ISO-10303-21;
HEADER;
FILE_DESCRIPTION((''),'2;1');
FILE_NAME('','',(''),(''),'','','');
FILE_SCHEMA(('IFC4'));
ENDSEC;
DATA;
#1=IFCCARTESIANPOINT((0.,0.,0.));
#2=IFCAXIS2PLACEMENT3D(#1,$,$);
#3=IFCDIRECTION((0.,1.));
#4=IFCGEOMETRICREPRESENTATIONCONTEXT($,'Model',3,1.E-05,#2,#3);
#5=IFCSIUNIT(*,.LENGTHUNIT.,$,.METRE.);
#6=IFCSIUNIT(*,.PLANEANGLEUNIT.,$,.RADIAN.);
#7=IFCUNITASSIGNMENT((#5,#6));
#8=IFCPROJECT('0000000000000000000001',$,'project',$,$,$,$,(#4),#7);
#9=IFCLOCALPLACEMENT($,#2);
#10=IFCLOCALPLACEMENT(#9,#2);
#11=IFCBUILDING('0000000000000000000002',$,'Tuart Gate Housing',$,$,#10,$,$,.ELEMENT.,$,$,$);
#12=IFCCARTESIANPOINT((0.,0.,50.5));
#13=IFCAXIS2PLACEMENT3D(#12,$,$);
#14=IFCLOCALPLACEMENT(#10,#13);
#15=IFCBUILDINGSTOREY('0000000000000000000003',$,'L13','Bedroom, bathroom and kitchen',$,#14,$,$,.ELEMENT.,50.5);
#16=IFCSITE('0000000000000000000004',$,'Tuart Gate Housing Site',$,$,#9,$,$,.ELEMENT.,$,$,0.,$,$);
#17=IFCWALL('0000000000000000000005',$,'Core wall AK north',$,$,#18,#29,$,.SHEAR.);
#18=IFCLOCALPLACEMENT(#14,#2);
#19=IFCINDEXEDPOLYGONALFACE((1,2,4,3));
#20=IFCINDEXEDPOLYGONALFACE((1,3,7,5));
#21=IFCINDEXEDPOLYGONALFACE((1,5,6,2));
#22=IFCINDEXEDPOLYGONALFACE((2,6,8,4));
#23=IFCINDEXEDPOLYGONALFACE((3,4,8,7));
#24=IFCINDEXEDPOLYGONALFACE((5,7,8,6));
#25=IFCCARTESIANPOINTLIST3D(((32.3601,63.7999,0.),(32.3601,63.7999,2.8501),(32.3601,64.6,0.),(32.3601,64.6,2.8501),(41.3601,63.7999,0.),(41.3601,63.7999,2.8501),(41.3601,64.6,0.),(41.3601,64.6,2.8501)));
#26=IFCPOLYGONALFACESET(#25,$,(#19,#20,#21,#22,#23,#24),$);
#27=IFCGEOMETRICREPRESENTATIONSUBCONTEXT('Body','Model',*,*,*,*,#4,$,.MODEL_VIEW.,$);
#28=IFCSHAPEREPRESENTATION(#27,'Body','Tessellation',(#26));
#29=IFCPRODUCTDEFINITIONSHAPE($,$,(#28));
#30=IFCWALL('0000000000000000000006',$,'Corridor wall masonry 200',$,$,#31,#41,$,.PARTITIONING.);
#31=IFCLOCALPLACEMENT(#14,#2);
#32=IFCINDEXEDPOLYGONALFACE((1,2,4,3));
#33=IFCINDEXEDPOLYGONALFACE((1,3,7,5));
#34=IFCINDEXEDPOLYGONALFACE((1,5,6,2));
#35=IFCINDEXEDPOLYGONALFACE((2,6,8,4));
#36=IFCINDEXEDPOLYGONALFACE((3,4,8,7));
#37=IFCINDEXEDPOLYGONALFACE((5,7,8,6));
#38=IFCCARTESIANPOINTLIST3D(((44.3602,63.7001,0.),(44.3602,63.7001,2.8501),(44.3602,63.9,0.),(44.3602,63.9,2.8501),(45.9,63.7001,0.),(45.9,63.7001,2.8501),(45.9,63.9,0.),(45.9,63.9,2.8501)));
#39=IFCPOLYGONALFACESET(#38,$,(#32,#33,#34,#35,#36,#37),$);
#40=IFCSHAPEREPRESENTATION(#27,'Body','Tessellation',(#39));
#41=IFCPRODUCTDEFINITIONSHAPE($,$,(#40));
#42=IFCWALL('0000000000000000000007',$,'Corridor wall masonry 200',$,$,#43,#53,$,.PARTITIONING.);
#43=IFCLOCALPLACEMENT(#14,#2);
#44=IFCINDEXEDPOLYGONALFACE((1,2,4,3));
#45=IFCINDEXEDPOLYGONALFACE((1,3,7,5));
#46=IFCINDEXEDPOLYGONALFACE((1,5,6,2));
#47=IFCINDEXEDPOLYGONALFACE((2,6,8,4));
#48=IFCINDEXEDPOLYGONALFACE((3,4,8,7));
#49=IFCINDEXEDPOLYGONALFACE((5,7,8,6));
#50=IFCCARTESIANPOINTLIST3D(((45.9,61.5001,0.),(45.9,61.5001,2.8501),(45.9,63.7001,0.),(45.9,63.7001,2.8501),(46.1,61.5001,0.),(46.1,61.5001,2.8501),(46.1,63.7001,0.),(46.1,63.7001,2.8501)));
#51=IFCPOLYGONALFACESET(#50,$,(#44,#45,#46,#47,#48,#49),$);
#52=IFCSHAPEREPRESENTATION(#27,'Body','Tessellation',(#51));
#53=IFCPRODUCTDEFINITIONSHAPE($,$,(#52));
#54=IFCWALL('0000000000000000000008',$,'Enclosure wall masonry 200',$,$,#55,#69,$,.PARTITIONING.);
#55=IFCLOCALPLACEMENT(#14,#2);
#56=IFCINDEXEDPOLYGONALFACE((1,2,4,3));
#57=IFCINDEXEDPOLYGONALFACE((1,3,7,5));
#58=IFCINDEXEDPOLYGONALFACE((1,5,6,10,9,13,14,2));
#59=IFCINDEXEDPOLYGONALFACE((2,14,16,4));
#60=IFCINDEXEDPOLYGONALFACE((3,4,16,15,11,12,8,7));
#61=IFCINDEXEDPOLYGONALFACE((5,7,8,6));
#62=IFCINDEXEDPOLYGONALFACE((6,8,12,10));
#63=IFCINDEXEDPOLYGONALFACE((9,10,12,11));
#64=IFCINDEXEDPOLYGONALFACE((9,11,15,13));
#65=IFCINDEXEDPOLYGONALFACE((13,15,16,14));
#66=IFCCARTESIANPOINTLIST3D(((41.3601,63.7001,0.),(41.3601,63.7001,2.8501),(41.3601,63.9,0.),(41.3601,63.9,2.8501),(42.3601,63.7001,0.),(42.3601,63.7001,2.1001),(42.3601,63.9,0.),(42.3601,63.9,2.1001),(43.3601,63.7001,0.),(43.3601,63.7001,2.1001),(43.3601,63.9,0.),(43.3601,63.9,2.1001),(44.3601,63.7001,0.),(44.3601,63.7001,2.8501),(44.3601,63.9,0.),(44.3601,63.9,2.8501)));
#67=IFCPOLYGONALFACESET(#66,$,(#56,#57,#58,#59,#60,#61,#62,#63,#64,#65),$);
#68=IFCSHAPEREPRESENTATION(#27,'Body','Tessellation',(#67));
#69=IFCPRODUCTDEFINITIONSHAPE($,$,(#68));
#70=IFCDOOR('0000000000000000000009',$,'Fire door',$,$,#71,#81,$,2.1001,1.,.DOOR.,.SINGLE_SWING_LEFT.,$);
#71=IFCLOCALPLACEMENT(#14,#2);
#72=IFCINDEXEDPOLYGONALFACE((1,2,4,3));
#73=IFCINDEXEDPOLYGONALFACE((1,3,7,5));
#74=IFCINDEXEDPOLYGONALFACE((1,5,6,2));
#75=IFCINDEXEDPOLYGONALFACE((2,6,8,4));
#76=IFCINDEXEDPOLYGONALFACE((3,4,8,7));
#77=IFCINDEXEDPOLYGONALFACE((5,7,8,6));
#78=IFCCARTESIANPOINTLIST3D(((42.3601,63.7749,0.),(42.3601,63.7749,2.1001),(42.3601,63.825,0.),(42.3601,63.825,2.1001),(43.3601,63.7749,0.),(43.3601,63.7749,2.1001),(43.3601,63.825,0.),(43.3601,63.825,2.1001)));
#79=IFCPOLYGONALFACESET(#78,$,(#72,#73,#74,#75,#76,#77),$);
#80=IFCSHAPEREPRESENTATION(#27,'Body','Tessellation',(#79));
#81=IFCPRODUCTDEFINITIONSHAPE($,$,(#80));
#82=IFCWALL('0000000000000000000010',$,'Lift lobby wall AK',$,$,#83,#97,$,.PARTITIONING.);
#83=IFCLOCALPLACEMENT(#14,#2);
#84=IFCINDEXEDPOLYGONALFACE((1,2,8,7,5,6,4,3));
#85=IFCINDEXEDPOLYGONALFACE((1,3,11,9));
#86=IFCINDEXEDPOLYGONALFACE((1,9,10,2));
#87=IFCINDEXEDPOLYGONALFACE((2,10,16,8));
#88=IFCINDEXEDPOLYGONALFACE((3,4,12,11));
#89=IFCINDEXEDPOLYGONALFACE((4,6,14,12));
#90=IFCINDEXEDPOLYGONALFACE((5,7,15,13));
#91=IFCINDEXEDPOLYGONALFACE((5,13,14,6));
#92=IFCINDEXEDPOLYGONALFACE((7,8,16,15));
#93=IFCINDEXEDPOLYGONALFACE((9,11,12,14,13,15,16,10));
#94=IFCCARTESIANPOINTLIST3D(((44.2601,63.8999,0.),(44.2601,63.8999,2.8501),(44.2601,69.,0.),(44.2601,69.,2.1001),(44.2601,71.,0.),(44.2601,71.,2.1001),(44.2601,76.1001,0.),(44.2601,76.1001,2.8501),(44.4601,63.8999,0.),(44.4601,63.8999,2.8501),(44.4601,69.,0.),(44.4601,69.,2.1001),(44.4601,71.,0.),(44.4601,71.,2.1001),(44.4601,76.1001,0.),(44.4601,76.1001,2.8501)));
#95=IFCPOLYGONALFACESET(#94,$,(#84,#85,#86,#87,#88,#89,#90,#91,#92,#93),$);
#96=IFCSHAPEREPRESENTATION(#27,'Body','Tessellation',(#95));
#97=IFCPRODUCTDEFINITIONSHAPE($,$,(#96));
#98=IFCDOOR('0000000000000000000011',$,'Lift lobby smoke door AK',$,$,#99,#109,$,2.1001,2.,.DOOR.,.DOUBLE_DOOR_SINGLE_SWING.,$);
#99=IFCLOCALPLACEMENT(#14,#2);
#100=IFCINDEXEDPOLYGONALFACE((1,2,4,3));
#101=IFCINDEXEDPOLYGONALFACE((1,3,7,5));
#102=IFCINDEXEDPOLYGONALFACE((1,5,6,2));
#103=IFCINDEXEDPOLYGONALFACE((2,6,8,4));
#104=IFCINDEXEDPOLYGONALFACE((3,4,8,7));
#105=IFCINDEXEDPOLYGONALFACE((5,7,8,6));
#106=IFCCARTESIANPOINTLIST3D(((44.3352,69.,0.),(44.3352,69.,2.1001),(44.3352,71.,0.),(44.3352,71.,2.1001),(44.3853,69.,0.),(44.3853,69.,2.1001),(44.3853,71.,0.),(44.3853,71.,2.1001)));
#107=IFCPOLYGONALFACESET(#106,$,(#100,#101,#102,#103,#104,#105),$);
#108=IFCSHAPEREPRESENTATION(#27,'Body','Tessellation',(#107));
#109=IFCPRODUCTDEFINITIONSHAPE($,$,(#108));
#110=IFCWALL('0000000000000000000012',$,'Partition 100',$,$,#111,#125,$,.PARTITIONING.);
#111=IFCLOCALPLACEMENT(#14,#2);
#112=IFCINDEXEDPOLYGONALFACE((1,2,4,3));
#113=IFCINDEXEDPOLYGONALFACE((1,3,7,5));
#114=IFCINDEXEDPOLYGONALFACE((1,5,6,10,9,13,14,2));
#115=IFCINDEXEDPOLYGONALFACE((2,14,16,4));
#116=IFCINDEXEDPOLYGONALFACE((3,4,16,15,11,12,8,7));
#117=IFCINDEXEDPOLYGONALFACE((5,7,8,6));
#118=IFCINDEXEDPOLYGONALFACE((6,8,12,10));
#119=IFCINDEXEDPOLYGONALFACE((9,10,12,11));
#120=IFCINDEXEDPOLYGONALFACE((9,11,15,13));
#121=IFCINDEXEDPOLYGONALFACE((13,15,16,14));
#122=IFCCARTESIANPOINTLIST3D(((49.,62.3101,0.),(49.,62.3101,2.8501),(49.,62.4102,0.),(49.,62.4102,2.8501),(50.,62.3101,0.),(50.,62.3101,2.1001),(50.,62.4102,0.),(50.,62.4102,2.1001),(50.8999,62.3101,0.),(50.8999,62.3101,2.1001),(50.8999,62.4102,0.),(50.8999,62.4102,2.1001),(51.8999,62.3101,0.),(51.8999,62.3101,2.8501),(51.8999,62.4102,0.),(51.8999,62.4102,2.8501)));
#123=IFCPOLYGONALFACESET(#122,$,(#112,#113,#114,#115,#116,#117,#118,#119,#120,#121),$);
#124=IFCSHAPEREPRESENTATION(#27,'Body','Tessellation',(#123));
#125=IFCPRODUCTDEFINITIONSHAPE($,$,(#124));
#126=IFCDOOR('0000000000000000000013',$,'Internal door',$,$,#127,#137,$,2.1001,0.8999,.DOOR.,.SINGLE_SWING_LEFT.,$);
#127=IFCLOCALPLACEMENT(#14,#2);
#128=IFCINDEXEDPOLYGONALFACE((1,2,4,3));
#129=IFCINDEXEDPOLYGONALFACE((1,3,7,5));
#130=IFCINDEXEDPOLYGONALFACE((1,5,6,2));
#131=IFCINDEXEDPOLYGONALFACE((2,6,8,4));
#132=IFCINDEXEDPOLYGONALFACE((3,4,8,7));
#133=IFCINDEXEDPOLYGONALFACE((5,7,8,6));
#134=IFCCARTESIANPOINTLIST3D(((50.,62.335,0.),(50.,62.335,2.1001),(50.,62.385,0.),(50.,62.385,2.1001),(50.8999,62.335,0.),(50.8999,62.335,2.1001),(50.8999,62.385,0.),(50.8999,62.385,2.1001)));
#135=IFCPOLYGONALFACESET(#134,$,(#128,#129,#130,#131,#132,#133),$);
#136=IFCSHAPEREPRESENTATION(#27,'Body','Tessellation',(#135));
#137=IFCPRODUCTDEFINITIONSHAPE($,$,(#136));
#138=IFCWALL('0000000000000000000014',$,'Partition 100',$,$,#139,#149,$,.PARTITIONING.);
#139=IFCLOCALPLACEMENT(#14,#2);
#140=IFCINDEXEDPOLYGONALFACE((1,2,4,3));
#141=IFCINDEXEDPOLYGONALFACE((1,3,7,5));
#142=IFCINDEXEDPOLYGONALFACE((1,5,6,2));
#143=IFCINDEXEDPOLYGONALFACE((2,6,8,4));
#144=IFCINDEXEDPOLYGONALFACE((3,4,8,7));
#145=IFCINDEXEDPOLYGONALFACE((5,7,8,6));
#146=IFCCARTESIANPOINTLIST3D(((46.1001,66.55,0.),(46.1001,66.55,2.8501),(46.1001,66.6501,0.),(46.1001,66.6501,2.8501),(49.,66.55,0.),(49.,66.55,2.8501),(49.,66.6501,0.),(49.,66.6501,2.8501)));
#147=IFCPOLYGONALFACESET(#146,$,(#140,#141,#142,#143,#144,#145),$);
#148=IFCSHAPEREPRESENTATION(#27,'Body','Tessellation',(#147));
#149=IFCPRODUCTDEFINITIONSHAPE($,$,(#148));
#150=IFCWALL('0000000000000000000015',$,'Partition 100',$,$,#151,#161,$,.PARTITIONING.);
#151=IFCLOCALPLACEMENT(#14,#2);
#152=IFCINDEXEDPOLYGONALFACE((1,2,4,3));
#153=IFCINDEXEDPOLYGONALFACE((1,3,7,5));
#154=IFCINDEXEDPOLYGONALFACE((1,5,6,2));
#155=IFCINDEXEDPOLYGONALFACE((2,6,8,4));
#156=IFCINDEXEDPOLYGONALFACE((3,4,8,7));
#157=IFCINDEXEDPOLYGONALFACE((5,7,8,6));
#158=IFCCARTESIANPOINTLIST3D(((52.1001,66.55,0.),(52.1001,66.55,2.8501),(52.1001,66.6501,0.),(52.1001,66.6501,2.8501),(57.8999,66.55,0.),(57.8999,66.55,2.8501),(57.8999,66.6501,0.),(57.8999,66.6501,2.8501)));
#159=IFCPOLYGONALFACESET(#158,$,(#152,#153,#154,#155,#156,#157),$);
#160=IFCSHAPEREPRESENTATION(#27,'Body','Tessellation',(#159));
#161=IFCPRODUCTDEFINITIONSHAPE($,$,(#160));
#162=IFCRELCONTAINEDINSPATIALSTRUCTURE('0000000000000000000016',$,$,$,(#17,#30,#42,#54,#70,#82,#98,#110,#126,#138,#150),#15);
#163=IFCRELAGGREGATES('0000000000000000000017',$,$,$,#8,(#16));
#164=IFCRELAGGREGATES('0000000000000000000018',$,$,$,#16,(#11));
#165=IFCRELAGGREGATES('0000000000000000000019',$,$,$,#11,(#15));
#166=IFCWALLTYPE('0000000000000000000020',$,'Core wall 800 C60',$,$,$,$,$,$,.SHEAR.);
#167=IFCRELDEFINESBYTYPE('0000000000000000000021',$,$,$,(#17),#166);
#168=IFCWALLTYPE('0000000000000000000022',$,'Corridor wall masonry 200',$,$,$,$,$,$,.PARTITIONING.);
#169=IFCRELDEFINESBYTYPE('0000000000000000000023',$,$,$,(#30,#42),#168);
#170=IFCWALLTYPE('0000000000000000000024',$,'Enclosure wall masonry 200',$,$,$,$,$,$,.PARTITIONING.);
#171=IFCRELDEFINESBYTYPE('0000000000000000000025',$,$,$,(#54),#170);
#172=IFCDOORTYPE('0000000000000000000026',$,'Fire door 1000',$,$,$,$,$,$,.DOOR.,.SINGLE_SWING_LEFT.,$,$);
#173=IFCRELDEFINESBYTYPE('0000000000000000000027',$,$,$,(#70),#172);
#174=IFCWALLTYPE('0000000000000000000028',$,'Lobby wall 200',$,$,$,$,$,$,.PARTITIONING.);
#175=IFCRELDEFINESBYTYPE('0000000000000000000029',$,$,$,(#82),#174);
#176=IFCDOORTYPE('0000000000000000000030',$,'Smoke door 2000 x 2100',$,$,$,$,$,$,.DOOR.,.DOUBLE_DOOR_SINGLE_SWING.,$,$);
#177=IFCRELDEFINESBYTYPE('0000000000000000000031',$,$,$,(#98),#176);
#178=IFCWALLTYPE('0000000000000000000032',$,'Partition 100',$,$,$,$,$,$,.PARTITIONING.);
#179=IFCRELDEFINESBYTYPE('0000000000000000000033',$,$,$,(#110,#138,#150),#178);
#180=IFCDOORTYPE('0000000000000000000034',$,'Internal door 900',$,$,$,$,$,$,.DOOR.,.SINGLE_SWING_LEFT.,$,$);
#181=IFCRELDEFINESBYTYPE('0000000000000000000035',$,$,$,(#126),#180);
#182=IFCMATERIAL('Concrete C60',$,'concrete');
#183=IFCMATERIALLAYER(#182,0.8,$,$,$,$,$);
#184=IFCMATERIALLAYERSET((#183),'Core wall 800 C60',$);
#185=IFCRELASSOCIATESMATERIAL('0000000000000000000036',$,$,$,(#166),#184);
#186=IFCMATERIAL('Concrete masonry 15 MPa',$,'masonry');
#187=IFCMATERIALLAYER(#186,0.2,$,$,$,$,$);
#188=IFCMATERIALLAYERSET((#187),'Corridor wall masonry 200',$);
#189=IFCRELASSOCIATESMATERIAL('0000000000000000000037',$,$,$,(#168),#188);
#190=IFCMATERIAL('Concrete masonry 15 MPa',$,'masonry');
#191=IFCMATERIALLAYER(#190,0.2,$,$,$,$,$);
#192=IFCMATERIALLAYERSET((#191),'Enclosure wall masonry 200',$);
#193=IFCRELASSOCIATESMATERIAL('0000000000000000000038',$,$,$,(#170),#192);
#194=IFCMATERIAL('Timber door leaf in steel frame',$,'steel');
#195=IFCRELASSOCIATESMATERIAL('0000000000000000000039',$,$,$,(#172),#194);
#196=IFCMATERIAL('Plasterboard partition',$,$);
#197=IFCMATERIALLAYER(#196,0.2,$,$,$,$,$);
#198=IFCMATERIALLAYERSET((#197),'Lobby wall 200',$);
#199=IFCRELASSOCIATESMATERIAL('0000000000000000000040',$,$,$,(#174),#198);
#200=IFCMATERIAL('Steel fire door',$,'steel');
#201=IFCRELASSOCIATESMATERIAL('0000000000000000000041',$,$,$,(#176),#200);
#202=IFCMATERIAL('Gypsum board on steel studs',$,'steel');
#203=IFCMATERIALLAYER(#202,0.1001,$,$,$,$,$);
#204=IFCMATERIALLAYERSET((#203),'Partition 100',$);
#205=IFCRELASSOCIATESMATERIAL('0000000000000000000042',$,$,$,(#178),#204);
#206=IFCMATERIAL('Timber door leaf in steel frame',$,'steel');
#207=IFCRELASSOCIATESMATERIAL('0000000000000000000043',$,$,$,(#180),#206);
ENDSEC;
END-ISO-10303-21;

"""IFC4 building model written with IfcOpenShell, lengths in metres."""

from ifc_helpers import new_model, si_unit, direction, frame, frame_2d, origin, place, context, subcontext, project, spatial, rectangle, extrude, material, layer, layer_set, type_object, element, fill, save


model = new_model("IFC4")

# Units and contexts
model_context = context("Model", 3, precision=1e-05, world=origin(), true_north=direction((0.0, 1.0)))
body_context = subcontext(model_context, "Body", "Model", "MODEL_VIEW")
ifc_project = project(units=[si_unit("LENGTHUNIT", "METRE"), si_unit("PLANEANGLEUNIT", "RADIAN")], contexts=[model_context])

# Site, building, storey
site_placement = place(None, origin())
site = spatial("IfcSite", under=ifc_project, at=site_placement, Name="Tuart Gate Housing Site", CompositionType="ELEMENT", RefElevation=0.0)
building_placement = place(site_placement, origin())
building = spatial("IfcBuilding", under=site, at=building_placement, Name="Tuart Gate Housing", CompositionType="ELEMENT")
storey_placement = place(building_placement, frame((0.0, 0.0, 50.5)))
storey = spatial("IfcBuildingStorey", under=building, at=storey_placement, Name="L13", Description="Bedroom, bathroom and kitchen", CompositionType="ELEMENT", Elevation=50.5)

# Walls
ifc_material_1 = material(Name="Concrete C60", Category="concrete")
ifc_layer_1 = layer(ifc_material_1, 0.8)
ifc_layer_set_1 = layer_set([ifc_layer_1], Name="Core wall 800 C60")
wall_type_1 = type_object("IfcWallType", Name="Core wall 800 C60", PredefinedType="SHEAR", material=ifc_layer_set_1)
wall_1_placement = place(storey_placement, frame((41.3601, 64.2, 0.0), z_axis=(0.0, 0.0, 1.0), x_axis=(-1.0, 0.0, 0.0)))
element("IfcWall", 1, at=wall_1_placement, inside=storey, type_object=wall_type_1, Name="Core wall AK north", PredefinedType="SHEAR", context=body_context, shape_type="SweptSolid", body=[
    extrude(rectangle(XDim=9.0, YDim=0.8, at=frame_2d((4.5, 0.0))), origin(), (0.0, 0.0, 1.0), 2.8501),
])
ifc_material_2 = material(Name="Concrete masonry 15 MPa", Category="masonry")
ifc_layer_2 = layer(ifc_material_2, 0.2)
ifc_layer_set_2 = layer_set([ifc_layer_2], Name="Corridor wall masonry 200")
wall_type_2 = type_object("IfcWallType", Name="Corridor wall masonry 200", PredefinedType="PARTITIONING", material=ifc_layer_set_2)
wall_2_placement = place(storey_placement, frame((44.3601, 63.8, 0.0), z_axis=(0.0, 0.0, 1.0), x_axis=(1.0, 0.0, 0.0)))
element("IfcWall", 2, at=wall_2_placement, inside=storey, type_object=wall_type_2, Name="Corridor wall masonry 200", PredefinedType="PARTITIONING", context=body_context, shape_type="SweptSolid", body=[
    extrude(rectangle(XDim=1.5398, YDim=0.2, at=frame_2d((0.77, 0.0))), origin(), (0.0, 0.0, 1.0), 2.8501),
])
wall_3_placement = place(storey_placement, frame((46.0, 61.5, 0.0), z_axis=(0.0, 0.0, 1.0), x_axis=(0.0, 1.0, 0.0)))
element("IfcWall", 3, at=wall_3_placement, inside=storey, type_object=wall_type_2, Name="Corridor wall masonry 200", PredefinedType="PARTITIONING", context=body_context, shape_type="SweptSolid", body=[
    extrude(rectangle(XDim=2.2, YDim=0.2, at=frame_2d((1.1001, 0.0))), origin(), (0.0, 0.0, 1.0), 2.8501),
])

# Walls, openings, doors
ifc_material_3 = material(Name="Concrete masonry 15 MPa", Category="masonry")
ifc_layer_3 = layer(ifc_material_3, 0.2)
ifc_layer_set_3 = layer_set([ifc_layer_3], Name="Enclosure wall masonry 200")
wall_type_3 = type_object("IfcWallType", Name="Enclosure wall masonry 200", PredefinedType="PARTITIONING", material=ifc_layer_set_3)
wall_4_placement = place(storey_placement, frame((41.3601, 63.8, 0.0), z_axis=(0.0, 0.0, 1.0), x_axis=(1.0, 0.0, 0.0)))
wall_4 = element("IfcWall", 4, at=wall_4_placement, inside=storey, type_object=wall_type_3, Name="Enclosure wall masonry 200", PredefinedType="PARTITIONING", context=body_context, shape_type="SweptSolid", body=[
    extrude(rectangle(XDim=3.0, YDim=0.2, at=frame_2d((1.5, 0.0))), origin(), (0.0, 0.0, 1.0), 2.8501),
])
opening_1_placement = place(wall_4_placement, frame((1.0, 0.0, 0.0)))
opening_1 = element("IfcOpeningElement", 5, at=opening_1_placement, cuts=wall_4, PredefinedType="OPENING", context=body_context, shape_type="SweptSolid", body=[
    extrude(rectangle(XDim=1.0, YDim=2.1001, at=frame_2d((0.5, 1.05))), frame((0.0, 0.1099, 0.0), z_axis=(0.0, -1.0, 0.0), x_axis=(1.0, 0.0, 0.0)), (0.0, 0.0, 1.0), 0.22),
])
ifc_material_4 = material(Name="Timber door leaf in steel frame", Category="steel")
door_type_1 = type_object("IfcDoorType", Name="Fire door 1000", OperationType="SINGLE_SWING_LEFT", PredefinedType="DOOR", material=ifc_material_4)
door_1_placement = place(opening_1_placement, frame((1.0, 0.0, 0.0), z_axis=(0.0, 0.0, 1.0), x_axis=(-1.0, 0.0, 0.0)))
door_1 = element("IfcDoor", 6, at=door_1_placement, inside=storey, type_object=door_type_1, Name="Fire door", OperationType="SINGLE_SWING_LEFT", OverallHeight=2.1001, OverallWidth=1.0, PredefinedType="DOOR", context=body_context, shape_type="SweptSolid", body=[
    extrude(rectangle(XDim=1.0, YDim=2.1001, at=frame_2d((0.5, 1.05))), frame((0.0, 0.0251, 0.0), z_axis=(0.0, -1.0, 0.0), x_axis=(1.0, 0.0, 0.0)), (0.0, 0.0, 1.0), 0.05),
])
fill(opening_1, door_1)
ifc_material_5 = material(Name="Plasterboard partition")
ifc_layer_4 = layer(ifc_material_5, 0.2)
ifc_layer_set_4 = layer_set([ifc_layer_4], Name="Lobby wall 200")
wall_type_4 = type_object("IfcWallType", Name="Lobby wall 200", PredefinedType="PARTITIONING", material=ifc_layer_set_4)
wall_5_placement = place(storey_placement, frame((44.3601, 63.8999, 0.0), z_axis=(0.0, 0.0, 1.0), x_axis=(0.0, 1.0, 0.0)))
wall_5 = element("IfcWall", 7, at=wall_5_placement, inside=storey, type_object=wall_type_4, Name="Lift lobby wall AK", PredefinedType="PARTITIONING", context=body_context, shape_type="SweptSolid", body=[
    extrude(rectangle(XDim=12.2002, YDim=0.2, at=frame_2d((6.1001, 0.0))), origin(), (0.0, 0.0, 1.0), 2.8501),
])
opening_2_placement = place(wall_5_placement, frame((5.1001, 0.0, 0.0)))
opening_2 = element("IfcOpeningElement", 8, at=opening_2_placement, cuts=wall_5, PredefinedType="OPENING", context=body_context, shape_type="SweptSolid", body=[
    extrude(rectangle(XDim=2.0, YDim=2.1001, at=frame_2d((1.0, 1.05))), frame((0.0, 0.1099, 0.0), z_axis=(0.0, -1.0, 0.0), x_axis=(1.0, 0.0, 0.0)), (0.0, 0.0, 1.0), 0.22),
])
ifc_material_6 = material(Name="Steel fire door", Category="steel")
door_type_2 = type_object("IfcDoorType", Name="Smoke door 2000 x 2100", OperationType="DOUBLE_DOOR_SINGLE_SWING", PredefinedType="DOOR", material=ifc_material_6)
door_2_placement = place(opening_2_placement, origin())
door_2 = element("IfcDoor", 9, at=door_2_placement, inside=storey, type_object=door_type_2, Name="Lift lobby smoke door AK", OperationType="DOUBLE_DOOR_SINGLE_SWING", OverallHeight=2.1001, OverallWidth=2.0, PredefinedType="DOOR", context=body_context, shape_type="SweptSolid", body=[
    extrude(rectangle(XDim=2.0, YDim=2.1001, at=frame_2d((1.0, 1.05))), frame((0.0, 0.0249, 0.0), z_axis=(0.0, -1.0, 0.0), x_axis=(1.0, 0.0, 0.0)), (0.0, 0.0, 1.0), 0.05),
])
fill(opening_2, door_2)
ifc_material_7 = material(Name="Gypsum board on steel studs", Category="steel")
ifc_layer_5 = layer(ifc_material_7, 0.1001)
ifc_layer_set_5 = layer_set([ifc_layer_5], Name="Partition 100")
wall_type_5 = type_object("IfcWallType", Name="Partition 100", PredefinedType="PARTITIONING", material=ifc_layer_set_5)
wall_6_placement = place(storey_placement, frame((49.0, 62.3601, 0.0), z_axis=(0.0, 0.0, 1.0), x_axis=(1.0, 0.0, 0.0)))
wall_6 = element("IfcWall", 10, at=wall_6_placement, inside=storey, type_object=wall_type_5, Name="Partition 100", PredefinedType="PARTITIONING", context=body_context, shape_type="SweptSolid", body=[
    extrude(rectangle(XDim=2.8999, YDim=0.1001, at=frame_2d((1.45, 0.0))), origin(), (0.0, 0.0, 1.0), 2.8501),
])
opening_3_placement = place(wall_6_placement, frame((1.0, 0.0, 0.0)))
opening_3 = element("IfcOpeningElement", 11, at=opening_3_placement, cuts=wall_6, PredefinedType="OPENING", context=body_context, shape_type="SweptSolid", body=[
    extrude(rectangle(XDim=0.8999, YDim=2.1001, at=frame_2d((0.45, 1.05))), frame((0.0, 0.0601, 0.0), z_axis=(0.0, -1.0, 0.0), x_axis=(1.0, 0.0, 0.0)), (0.0, 0.0, 1.0), 0.1201),
])
ifc_material_8 = material(Name="Timber door leaf in steel frame", Category="steel")
door_type_3 = type_object("IfcDoorType", Name="Internal door 900", OperationType="SINGLE_SWING_LEFT", PredefinedType="DOOR", material=ifc_material_8)
door_3_placement = place(opening_3_placement, origin())
door_3 = element("IfcDoor", 12, at=door_3_placement, inside=storey, type_object=door_type_3, Name="Internal door", OperationType="SINGLE_SWING_LEFT", OverallHeight=2.1001, OverallWidth=0.8999, PredefinedType="DOOR", context=body_context, shape_type="SweptSolid", body=[
    extrude(rectangle(XDim=0.8999, YDim=2.1001, at=frame_2d((0.45, 1.05))), frame((0.0, 0.0249, 0.0), z_axis=(0.0, -1.0, 0.0), x_axis=(1.0, 0.0, 0.0)), (0.0, 0.0, 1.0), 0.05),
])
fill(opening_3, door_3)

# Walls
wall_7_placement = place(storey_placement, frame((46.1001, 66.6001, 0.0), z_axis=(0.0, 0.0, 1.0), x_axis=(1.0, 0.0, 0.0)))
element("IfcWall", 13, at=wall_7_placement, inside=storey, type_object=wall_type_5, Name="Partition 100", PredefinedType="PARTITIONING", context=body_context, shape_type="SweptSolid", body=[
    extrude(rectangle(XDim=2.8999, YDim=0.1001, at=frame_2d((1.45, 0.0))), origin(), (0.0, 0.0, 1.0), 2.8501),
])
wall_8_placement = place(storey_placement, frame((52.1001, 66.6001, 0.0), z_axis=(0.0, 0.0, 1.0), x_axis=(1.0, 0.0, 0.0)))
element("IfcWall", 14, at=wall_8_placement, inside=storey, type_object=wall_type_5, Name="Partition 100", PredefinedType="PARTITIONING", context=body_context, shape_type="SweptSolid", body=[
    extrude(rectangle(XDim=5.7998, YDim=0.1001, at=frame_2d((2.8999, 0.0))), origin(), (0.0, 0.0, 1.0), 2.8501),
])

save(model, "model.ifc")
